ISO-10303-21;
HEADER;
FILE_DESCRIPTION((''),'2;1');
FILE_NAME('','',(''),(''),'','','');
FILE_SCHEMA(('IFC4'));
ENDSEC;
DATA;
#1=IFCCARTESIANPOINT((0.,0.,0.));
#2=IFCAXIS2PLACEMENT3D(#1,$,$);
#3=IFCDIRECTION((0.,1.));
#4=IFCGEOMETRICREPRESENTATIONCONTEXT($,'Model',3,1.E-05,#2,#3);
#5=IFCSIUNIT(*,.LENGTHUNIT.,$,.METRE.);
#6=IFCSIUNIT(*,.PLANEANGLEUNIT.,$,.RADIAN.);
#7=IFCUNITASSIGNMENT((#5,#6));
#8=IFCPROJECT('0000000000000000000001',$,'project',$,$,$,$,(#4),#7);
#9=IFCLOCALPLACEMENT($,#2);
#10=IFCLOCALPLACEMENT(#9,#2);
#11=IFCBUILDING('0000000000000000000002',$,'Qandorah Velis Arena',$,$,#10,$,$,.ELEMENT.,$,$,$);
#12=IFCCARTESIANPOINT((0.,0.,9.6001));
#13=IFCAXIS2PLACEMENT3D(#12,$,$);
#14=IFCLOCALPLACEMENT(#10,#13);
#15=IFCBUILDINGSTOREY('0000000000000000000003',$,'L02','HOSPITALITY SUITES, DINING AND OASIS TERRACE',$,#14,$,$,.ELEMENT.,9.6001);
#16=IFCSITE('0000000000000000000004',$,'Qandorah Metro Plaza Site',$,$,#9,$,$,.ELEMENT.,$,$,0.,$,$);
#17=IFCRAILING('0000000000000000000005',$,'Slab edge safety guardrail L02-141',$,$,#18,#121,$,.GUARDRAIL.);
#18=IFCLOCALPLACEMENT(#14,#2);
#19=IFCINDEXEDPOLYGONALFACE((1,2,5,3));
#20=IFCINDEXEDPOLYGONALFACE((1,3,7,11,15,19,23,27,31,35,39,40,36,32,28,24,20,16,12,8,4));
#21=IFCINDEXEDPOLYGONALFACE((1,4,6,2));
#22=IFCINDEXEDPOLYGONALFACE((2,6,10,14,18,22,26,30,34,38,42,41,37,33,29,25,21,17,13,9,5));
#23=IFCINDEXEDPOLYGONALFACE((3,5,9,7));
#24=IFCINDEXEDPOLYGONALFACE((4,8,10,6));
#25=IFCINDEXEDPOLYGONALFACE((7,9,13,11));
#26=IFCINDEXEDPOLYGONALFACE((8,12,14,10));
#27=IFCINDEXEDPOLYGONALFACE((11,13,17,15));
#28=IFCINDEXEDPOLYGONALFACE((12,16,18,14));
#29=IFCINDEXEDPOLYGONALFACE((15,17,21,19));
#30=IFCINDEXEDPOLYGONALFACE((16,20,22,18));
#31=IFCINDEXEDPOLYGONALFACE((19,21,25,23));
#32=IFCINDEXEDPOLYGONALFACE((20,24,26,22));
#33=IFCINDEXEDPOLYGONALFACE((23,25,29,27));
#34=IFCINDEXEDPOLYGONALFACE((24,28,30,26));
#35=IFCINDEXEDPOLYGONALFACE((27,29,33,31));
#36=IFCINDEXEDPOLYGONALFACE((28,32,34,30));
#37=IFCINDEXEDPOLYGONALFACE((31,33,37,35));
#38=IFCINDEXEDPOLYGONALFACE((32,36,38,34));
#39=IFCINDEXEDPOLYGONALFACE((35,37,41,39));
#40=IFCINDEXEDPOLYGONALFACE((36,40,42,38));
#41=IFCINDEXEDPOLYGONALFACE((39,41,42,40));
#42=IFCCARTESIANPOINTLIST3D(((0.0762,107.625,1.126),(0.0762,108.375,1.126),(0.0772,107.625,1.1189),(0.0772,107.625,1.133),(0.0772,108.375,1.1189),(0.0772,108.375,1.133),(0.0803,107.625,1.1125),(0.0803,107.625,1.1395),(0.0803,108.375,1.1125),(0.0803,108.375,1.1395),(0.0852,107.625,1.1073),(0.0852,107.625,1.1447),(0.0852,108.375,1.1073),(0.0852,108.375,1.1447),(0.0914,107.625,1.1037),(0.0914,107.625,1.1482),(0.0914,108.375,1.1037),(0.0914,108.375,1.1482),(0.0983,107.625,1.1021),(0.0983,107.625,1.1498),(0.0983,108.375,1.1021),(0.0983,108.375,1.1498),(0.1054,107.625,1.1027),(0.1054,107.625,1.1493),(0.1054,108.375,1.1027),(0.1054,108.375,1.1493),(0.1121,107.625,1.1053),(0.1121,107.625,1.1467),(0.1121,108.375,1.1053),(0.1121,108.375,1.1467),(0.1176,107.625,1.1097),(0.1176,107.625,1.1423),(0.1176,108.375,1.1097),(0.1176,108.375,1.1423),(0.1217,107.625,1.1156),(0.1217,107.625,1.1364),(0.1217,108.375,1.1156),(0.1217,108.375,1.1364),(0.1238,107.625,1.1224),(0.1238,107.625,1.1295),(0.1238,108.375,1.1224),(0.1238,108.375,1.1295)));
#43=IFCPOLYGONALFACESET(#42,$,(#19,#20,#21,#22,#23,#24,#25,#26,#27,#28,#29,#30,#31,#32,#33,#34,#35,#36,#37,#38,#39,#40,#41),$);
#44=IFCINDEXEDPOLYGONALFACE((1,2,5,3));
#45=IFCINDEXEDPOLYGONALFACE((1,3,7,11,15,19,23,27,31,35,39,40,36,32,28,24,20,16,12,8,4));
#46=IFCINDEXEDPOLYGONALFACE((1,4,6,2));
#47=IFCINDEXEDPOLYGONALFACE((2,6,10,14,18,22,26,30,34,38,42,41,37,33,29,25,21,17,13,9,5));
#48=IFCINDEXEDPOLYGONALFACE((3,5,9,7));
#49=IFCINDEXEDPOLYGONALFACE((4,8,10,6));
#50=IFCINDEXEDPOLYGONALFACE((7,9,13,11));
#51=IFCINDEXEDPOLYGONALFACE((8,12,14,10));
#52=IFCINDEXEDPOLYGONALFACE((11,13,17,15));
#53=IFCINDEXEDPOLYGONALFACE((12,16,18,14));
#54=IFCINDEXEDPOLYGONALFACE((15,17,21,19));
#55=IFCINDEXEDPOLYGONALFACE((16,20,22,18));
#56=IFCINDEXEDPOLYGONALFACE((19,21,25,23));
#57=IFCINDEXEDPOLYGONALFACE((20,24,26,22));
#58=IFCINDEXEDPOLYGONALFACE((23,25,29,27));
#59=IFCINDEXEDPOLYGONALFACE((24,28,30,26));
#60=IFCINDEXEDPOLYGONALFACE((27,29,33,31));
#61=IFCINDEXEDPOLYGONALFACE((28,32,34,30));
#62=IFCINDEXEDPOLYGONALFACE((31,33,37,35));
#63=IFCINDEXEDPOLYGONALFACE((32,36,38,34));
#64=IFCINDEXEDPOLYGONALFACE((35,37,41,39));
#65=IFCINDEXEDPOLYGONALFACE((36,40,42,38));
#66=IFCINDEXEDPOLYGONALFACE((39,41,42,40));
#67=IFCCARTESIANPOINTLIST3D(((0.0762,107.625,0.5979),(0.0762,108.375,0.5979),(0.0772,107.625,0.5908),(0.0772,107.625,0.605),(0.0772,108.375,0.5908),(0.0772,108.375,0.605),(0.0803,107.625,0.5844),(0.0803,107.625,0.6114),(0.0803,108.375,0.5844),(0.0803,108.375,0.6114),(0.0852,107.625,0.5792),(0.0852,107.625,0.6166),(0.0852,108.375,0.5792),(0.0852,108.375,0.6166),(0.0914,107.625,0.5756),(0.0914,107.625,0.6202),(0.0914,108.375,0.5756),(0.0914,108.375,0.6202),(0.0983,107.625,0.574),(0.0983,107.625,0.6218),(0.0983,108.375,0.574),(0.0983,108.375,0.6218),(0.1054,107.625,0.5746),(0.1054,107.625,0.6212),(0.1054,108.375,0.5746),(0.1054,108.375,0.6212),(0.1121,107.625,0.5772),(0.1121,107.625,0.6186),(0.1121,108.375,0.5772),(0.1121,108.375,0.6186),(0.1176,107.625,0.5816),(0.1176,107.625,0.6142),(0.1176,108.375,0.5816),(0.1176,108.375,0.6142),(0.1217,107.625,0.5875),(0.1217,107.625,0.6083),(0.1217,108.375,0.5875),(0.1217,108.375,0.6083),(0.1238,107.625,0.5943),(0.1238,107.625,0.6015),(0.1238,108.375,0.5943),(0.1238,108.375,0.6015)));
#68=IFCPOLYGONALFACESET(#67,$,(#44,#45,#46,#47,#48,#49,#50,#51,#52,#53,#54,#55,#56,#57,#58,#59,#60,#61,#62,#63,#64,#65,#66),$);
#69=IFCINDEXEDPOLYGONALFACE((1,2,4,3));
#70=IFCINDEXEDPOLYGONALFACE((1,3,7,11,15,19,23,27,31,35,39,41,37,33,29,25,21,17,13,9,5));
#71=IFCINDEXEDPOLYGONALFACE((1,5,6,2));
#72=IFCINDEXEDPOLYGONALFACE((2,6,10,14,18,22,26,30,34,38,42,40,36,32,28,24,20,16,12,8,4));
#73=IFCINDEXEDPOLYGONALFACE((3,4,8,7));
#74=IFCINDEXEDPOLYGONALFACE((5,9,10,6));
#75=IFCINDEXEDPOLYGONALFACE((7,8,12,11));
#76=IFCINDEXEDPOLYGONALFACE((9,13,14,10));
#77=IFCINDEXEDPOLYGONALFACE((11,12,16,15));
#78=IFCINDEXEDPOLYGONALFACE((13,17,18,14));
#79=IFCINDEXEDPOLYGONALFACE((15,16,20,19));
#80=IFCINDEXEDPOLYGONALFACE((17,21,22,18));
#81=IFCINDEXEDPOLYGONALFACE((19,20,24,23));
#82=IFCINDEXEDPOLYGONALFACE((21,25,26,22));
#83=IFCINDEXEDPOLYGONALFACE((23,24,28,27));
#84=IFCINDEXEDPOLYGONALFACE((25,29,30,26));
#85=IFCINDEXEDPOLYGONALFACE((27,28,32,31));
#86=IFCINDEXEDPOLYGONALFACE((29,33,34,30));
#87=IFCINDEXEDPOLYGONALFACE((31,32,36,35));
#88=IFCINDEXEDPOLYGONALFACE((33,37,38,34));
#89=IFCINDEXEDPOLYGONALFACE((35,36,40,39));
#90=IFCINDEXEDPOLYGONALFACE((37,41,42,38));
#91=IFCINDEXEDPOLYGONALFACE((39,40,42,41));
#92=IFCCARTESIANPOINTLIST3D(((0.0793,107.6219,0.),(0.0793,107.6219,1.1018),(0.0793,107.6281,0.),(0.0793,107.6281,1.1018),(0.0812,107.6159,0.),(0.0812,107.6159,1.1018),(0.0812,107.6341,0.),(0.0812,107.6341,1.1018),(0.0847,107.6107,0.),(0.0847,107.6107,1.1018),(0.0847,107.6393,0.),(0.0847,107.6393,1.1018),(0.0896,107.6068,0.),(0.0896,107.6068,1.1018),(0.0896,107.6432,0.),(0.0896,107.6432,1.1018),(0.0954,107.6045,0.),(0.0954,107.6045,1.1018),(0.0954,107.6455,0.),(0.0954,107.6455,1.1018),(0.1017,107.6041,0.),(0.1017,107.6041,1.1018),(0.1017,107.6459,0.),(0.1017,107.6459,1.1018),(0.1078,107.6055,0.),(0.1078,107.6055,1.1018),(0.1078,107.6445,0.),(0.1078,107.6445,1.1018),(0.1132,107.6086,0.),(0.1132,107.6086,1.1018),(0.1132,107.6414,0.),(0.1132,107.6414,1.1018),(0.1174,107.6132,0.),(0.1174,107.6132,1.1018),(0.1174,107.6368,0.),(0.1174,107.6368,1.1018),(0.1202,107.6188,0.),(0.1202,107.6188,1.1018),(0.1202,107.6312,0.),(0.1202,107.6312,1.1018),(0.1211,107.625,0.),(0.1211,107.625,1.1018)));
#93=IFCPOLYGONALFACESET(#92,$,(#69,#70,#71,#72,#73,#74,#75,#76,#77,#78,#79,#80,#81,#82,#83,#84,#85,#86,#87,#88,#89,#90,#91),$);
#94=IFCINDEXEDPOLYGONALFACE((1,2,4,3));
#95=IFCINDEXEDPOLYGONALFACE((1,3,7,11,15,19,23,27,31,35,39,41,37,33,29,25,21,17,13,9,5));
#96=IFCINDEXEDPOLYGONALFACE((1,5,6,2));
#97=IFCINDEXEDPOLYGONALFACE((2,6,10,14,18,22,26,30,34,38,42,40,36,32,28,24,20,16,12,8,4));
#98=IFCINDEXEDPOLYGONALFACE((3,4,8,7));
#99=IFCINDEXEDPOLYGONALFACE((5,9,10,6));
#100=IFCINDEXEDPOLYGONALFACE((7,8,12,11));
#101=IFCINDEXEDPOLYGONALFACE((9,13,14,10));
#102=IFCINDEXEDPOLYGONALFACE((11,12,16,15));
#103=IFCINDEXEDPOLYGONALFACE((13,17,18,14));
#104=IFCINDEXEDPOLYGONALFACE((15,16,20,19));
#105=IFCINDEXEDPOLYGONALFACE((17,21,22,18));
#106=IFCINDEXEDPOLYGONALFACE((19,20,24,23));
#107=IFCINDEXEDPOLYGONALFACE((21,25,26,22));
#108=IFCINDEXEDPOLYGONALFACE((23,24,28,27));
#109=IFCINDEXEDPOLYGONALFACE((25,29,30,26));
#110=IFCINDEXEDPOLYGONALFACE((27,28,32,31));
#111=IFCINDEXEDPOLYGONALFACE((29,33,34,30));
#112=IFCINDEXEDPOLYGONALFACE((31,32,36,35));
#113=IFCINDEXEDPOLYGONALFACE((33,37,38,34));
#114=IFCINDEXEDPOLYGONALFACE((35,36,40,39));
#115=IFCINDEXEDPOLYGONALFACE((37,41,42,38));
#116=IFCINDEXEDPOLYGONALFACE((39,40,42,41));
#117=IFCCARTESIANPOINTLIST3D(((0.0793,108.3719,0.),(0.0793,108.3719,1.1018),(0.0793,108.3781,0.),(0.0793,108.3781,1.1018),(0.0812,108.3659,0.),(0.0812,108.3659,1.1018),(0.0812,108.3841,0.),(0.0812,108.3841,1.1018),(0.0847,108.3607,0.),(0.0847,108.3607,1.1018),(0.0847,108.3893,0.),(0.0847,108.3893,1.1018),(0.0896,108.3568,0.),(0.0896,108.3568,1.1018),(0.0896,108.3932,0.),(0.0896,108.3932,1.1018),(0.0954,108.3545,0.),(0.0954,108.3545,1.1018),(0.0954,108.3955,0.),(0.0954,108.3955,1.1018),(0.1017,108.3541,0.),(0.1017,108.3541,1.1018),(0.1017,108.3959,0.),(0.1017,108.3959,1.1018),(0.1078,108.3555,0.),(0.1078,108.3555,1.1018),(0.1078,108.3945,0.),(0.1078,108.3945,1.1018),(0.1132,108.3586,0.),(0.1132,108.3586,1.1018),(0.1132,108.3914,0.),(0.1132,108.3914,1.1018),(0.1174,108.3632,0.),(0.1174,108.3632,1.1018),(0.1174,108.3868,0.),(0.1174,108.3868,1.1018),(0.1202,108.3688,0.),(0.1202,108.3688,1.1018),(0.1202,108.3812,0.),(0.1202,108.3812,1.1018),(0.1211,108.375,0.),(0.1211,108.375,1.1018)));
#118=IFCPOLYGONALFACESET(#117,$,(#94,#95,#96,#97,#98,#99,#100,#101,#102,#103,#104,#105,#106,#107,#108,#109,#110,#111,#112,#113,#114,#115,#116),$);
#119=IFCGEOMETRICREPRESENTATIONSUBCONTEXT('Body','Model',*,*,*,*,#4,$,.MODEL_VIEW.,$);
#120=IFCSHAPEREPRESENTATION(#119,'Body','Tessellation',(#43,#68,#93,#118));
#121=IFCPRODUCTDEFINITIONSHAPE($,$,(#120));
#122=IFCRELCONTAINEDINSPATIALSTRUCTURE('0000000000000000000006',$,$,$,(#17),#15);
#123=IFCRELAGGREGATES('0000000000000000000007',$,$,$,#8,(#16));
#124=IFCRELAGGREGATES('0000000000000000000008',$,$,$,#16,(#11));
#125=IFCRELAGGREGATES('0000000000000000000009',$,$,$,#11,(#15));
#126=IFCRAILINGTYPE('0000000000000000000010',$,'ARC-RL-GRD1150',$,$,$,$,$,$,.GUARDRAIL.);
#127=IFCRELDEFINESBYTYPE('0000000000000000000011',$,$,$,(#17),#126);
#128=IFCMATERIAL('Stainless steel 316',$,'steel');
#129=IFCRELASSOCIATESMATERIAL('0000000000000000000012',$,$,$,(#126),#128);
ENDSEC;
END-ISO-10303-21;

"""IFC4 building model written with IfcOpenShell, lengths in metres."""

from ifc_helpers import new_model, si_unit, direction, frame, origin, origin_2d, place, context, subcontext, project, spatial, circle, extrude, material, type_object, element, save


model = new_model("IFC4")

# Units and contexts
model_context = context("Model", 3, precision=1e-05, world=origin(), true_north=direction((0.0, 1.0)))
body_context = subcontext(model_context, "Body", "Model", "MODEL_VIEW")
ifc_project = project(units=[si_unit("LENGTHUNIT", "METRE"), si_unit("PLANEANGLEUNIT", "RADIAN")], contexts=[model_context])

# Site, building, storey
site_placement = place(None, origin())
site = spatial("IfcSite", under=ifc_project, at=site_placement, Name="Qandorah Metro Plaza Site", CompositionType="ELEMENT", RefElevation=0.0)
building_placement = place(site_placement, origin())
building = spatial("IfcBuilding", under=site, at=building_placement, Name="Qandorah Velis Arena", CompositionType="ELEMENT")
storey_placement = place(building_placement, frame((0.0, 0.0, 9.6001)))
storey = spatial("IfcBuildingStorey", under=building, at=storey_placement, Name="L02", Description="HOSPITALITY SUITES, DINING AND OASIS TERRACE", CompositionType="ELEMENT", Elevation=9.6001)

# Railing
ifc_material_1 = material(Name="Stainless steel 316", Category="steel")
railing_type = type_object("IfcRailingType", Name="ARC-RL-GRD1150", PredefinedType="GUARDRAIL", material=ifc_material_1)
railing_1_placement = place(storey_placement, frame((0.1001, 107.625, 0.0)))
element("IfcRailing", 1, at=railing_1_placement, inside=storey, type_object=railing_type, Name="Slab edge safety guardrail L02-141", PredefinedType="GUARDRAIL", context=body_context, shape_type="SweptSolid", body=[
    extrude(circle(Radius=0.0239, at=origin_2d()), frame((0.0, 0.0, 1.126), z_axis=(0.0, 1.0, 0.0), x_axis=(-1.0, 0.0, 0.0)), (0.0, 0.0, 1.0), 0.75),
    extrude(circle(Radius=0.0239, at=origin_2d()), frame((0.0, 0.0, 0.5979), z_axis=(0.0, 1.0, 0.0), x_axis=(-1.0, 0.0, 0.0)), (0.0, 0.0, 1.0), 0.75),
    extrude(circle(Radius=0.021, at=origin_2d()), origin(), (0.0, 0.0, 1.0), 1.1018),
    extrude(circle(Radius=0.021, at=origin_2d()), frame((0.0, 0.75, 0.0)), (0.0, 0.0, 1.0), 1.1018),
])

save(model, "model.ifc")
